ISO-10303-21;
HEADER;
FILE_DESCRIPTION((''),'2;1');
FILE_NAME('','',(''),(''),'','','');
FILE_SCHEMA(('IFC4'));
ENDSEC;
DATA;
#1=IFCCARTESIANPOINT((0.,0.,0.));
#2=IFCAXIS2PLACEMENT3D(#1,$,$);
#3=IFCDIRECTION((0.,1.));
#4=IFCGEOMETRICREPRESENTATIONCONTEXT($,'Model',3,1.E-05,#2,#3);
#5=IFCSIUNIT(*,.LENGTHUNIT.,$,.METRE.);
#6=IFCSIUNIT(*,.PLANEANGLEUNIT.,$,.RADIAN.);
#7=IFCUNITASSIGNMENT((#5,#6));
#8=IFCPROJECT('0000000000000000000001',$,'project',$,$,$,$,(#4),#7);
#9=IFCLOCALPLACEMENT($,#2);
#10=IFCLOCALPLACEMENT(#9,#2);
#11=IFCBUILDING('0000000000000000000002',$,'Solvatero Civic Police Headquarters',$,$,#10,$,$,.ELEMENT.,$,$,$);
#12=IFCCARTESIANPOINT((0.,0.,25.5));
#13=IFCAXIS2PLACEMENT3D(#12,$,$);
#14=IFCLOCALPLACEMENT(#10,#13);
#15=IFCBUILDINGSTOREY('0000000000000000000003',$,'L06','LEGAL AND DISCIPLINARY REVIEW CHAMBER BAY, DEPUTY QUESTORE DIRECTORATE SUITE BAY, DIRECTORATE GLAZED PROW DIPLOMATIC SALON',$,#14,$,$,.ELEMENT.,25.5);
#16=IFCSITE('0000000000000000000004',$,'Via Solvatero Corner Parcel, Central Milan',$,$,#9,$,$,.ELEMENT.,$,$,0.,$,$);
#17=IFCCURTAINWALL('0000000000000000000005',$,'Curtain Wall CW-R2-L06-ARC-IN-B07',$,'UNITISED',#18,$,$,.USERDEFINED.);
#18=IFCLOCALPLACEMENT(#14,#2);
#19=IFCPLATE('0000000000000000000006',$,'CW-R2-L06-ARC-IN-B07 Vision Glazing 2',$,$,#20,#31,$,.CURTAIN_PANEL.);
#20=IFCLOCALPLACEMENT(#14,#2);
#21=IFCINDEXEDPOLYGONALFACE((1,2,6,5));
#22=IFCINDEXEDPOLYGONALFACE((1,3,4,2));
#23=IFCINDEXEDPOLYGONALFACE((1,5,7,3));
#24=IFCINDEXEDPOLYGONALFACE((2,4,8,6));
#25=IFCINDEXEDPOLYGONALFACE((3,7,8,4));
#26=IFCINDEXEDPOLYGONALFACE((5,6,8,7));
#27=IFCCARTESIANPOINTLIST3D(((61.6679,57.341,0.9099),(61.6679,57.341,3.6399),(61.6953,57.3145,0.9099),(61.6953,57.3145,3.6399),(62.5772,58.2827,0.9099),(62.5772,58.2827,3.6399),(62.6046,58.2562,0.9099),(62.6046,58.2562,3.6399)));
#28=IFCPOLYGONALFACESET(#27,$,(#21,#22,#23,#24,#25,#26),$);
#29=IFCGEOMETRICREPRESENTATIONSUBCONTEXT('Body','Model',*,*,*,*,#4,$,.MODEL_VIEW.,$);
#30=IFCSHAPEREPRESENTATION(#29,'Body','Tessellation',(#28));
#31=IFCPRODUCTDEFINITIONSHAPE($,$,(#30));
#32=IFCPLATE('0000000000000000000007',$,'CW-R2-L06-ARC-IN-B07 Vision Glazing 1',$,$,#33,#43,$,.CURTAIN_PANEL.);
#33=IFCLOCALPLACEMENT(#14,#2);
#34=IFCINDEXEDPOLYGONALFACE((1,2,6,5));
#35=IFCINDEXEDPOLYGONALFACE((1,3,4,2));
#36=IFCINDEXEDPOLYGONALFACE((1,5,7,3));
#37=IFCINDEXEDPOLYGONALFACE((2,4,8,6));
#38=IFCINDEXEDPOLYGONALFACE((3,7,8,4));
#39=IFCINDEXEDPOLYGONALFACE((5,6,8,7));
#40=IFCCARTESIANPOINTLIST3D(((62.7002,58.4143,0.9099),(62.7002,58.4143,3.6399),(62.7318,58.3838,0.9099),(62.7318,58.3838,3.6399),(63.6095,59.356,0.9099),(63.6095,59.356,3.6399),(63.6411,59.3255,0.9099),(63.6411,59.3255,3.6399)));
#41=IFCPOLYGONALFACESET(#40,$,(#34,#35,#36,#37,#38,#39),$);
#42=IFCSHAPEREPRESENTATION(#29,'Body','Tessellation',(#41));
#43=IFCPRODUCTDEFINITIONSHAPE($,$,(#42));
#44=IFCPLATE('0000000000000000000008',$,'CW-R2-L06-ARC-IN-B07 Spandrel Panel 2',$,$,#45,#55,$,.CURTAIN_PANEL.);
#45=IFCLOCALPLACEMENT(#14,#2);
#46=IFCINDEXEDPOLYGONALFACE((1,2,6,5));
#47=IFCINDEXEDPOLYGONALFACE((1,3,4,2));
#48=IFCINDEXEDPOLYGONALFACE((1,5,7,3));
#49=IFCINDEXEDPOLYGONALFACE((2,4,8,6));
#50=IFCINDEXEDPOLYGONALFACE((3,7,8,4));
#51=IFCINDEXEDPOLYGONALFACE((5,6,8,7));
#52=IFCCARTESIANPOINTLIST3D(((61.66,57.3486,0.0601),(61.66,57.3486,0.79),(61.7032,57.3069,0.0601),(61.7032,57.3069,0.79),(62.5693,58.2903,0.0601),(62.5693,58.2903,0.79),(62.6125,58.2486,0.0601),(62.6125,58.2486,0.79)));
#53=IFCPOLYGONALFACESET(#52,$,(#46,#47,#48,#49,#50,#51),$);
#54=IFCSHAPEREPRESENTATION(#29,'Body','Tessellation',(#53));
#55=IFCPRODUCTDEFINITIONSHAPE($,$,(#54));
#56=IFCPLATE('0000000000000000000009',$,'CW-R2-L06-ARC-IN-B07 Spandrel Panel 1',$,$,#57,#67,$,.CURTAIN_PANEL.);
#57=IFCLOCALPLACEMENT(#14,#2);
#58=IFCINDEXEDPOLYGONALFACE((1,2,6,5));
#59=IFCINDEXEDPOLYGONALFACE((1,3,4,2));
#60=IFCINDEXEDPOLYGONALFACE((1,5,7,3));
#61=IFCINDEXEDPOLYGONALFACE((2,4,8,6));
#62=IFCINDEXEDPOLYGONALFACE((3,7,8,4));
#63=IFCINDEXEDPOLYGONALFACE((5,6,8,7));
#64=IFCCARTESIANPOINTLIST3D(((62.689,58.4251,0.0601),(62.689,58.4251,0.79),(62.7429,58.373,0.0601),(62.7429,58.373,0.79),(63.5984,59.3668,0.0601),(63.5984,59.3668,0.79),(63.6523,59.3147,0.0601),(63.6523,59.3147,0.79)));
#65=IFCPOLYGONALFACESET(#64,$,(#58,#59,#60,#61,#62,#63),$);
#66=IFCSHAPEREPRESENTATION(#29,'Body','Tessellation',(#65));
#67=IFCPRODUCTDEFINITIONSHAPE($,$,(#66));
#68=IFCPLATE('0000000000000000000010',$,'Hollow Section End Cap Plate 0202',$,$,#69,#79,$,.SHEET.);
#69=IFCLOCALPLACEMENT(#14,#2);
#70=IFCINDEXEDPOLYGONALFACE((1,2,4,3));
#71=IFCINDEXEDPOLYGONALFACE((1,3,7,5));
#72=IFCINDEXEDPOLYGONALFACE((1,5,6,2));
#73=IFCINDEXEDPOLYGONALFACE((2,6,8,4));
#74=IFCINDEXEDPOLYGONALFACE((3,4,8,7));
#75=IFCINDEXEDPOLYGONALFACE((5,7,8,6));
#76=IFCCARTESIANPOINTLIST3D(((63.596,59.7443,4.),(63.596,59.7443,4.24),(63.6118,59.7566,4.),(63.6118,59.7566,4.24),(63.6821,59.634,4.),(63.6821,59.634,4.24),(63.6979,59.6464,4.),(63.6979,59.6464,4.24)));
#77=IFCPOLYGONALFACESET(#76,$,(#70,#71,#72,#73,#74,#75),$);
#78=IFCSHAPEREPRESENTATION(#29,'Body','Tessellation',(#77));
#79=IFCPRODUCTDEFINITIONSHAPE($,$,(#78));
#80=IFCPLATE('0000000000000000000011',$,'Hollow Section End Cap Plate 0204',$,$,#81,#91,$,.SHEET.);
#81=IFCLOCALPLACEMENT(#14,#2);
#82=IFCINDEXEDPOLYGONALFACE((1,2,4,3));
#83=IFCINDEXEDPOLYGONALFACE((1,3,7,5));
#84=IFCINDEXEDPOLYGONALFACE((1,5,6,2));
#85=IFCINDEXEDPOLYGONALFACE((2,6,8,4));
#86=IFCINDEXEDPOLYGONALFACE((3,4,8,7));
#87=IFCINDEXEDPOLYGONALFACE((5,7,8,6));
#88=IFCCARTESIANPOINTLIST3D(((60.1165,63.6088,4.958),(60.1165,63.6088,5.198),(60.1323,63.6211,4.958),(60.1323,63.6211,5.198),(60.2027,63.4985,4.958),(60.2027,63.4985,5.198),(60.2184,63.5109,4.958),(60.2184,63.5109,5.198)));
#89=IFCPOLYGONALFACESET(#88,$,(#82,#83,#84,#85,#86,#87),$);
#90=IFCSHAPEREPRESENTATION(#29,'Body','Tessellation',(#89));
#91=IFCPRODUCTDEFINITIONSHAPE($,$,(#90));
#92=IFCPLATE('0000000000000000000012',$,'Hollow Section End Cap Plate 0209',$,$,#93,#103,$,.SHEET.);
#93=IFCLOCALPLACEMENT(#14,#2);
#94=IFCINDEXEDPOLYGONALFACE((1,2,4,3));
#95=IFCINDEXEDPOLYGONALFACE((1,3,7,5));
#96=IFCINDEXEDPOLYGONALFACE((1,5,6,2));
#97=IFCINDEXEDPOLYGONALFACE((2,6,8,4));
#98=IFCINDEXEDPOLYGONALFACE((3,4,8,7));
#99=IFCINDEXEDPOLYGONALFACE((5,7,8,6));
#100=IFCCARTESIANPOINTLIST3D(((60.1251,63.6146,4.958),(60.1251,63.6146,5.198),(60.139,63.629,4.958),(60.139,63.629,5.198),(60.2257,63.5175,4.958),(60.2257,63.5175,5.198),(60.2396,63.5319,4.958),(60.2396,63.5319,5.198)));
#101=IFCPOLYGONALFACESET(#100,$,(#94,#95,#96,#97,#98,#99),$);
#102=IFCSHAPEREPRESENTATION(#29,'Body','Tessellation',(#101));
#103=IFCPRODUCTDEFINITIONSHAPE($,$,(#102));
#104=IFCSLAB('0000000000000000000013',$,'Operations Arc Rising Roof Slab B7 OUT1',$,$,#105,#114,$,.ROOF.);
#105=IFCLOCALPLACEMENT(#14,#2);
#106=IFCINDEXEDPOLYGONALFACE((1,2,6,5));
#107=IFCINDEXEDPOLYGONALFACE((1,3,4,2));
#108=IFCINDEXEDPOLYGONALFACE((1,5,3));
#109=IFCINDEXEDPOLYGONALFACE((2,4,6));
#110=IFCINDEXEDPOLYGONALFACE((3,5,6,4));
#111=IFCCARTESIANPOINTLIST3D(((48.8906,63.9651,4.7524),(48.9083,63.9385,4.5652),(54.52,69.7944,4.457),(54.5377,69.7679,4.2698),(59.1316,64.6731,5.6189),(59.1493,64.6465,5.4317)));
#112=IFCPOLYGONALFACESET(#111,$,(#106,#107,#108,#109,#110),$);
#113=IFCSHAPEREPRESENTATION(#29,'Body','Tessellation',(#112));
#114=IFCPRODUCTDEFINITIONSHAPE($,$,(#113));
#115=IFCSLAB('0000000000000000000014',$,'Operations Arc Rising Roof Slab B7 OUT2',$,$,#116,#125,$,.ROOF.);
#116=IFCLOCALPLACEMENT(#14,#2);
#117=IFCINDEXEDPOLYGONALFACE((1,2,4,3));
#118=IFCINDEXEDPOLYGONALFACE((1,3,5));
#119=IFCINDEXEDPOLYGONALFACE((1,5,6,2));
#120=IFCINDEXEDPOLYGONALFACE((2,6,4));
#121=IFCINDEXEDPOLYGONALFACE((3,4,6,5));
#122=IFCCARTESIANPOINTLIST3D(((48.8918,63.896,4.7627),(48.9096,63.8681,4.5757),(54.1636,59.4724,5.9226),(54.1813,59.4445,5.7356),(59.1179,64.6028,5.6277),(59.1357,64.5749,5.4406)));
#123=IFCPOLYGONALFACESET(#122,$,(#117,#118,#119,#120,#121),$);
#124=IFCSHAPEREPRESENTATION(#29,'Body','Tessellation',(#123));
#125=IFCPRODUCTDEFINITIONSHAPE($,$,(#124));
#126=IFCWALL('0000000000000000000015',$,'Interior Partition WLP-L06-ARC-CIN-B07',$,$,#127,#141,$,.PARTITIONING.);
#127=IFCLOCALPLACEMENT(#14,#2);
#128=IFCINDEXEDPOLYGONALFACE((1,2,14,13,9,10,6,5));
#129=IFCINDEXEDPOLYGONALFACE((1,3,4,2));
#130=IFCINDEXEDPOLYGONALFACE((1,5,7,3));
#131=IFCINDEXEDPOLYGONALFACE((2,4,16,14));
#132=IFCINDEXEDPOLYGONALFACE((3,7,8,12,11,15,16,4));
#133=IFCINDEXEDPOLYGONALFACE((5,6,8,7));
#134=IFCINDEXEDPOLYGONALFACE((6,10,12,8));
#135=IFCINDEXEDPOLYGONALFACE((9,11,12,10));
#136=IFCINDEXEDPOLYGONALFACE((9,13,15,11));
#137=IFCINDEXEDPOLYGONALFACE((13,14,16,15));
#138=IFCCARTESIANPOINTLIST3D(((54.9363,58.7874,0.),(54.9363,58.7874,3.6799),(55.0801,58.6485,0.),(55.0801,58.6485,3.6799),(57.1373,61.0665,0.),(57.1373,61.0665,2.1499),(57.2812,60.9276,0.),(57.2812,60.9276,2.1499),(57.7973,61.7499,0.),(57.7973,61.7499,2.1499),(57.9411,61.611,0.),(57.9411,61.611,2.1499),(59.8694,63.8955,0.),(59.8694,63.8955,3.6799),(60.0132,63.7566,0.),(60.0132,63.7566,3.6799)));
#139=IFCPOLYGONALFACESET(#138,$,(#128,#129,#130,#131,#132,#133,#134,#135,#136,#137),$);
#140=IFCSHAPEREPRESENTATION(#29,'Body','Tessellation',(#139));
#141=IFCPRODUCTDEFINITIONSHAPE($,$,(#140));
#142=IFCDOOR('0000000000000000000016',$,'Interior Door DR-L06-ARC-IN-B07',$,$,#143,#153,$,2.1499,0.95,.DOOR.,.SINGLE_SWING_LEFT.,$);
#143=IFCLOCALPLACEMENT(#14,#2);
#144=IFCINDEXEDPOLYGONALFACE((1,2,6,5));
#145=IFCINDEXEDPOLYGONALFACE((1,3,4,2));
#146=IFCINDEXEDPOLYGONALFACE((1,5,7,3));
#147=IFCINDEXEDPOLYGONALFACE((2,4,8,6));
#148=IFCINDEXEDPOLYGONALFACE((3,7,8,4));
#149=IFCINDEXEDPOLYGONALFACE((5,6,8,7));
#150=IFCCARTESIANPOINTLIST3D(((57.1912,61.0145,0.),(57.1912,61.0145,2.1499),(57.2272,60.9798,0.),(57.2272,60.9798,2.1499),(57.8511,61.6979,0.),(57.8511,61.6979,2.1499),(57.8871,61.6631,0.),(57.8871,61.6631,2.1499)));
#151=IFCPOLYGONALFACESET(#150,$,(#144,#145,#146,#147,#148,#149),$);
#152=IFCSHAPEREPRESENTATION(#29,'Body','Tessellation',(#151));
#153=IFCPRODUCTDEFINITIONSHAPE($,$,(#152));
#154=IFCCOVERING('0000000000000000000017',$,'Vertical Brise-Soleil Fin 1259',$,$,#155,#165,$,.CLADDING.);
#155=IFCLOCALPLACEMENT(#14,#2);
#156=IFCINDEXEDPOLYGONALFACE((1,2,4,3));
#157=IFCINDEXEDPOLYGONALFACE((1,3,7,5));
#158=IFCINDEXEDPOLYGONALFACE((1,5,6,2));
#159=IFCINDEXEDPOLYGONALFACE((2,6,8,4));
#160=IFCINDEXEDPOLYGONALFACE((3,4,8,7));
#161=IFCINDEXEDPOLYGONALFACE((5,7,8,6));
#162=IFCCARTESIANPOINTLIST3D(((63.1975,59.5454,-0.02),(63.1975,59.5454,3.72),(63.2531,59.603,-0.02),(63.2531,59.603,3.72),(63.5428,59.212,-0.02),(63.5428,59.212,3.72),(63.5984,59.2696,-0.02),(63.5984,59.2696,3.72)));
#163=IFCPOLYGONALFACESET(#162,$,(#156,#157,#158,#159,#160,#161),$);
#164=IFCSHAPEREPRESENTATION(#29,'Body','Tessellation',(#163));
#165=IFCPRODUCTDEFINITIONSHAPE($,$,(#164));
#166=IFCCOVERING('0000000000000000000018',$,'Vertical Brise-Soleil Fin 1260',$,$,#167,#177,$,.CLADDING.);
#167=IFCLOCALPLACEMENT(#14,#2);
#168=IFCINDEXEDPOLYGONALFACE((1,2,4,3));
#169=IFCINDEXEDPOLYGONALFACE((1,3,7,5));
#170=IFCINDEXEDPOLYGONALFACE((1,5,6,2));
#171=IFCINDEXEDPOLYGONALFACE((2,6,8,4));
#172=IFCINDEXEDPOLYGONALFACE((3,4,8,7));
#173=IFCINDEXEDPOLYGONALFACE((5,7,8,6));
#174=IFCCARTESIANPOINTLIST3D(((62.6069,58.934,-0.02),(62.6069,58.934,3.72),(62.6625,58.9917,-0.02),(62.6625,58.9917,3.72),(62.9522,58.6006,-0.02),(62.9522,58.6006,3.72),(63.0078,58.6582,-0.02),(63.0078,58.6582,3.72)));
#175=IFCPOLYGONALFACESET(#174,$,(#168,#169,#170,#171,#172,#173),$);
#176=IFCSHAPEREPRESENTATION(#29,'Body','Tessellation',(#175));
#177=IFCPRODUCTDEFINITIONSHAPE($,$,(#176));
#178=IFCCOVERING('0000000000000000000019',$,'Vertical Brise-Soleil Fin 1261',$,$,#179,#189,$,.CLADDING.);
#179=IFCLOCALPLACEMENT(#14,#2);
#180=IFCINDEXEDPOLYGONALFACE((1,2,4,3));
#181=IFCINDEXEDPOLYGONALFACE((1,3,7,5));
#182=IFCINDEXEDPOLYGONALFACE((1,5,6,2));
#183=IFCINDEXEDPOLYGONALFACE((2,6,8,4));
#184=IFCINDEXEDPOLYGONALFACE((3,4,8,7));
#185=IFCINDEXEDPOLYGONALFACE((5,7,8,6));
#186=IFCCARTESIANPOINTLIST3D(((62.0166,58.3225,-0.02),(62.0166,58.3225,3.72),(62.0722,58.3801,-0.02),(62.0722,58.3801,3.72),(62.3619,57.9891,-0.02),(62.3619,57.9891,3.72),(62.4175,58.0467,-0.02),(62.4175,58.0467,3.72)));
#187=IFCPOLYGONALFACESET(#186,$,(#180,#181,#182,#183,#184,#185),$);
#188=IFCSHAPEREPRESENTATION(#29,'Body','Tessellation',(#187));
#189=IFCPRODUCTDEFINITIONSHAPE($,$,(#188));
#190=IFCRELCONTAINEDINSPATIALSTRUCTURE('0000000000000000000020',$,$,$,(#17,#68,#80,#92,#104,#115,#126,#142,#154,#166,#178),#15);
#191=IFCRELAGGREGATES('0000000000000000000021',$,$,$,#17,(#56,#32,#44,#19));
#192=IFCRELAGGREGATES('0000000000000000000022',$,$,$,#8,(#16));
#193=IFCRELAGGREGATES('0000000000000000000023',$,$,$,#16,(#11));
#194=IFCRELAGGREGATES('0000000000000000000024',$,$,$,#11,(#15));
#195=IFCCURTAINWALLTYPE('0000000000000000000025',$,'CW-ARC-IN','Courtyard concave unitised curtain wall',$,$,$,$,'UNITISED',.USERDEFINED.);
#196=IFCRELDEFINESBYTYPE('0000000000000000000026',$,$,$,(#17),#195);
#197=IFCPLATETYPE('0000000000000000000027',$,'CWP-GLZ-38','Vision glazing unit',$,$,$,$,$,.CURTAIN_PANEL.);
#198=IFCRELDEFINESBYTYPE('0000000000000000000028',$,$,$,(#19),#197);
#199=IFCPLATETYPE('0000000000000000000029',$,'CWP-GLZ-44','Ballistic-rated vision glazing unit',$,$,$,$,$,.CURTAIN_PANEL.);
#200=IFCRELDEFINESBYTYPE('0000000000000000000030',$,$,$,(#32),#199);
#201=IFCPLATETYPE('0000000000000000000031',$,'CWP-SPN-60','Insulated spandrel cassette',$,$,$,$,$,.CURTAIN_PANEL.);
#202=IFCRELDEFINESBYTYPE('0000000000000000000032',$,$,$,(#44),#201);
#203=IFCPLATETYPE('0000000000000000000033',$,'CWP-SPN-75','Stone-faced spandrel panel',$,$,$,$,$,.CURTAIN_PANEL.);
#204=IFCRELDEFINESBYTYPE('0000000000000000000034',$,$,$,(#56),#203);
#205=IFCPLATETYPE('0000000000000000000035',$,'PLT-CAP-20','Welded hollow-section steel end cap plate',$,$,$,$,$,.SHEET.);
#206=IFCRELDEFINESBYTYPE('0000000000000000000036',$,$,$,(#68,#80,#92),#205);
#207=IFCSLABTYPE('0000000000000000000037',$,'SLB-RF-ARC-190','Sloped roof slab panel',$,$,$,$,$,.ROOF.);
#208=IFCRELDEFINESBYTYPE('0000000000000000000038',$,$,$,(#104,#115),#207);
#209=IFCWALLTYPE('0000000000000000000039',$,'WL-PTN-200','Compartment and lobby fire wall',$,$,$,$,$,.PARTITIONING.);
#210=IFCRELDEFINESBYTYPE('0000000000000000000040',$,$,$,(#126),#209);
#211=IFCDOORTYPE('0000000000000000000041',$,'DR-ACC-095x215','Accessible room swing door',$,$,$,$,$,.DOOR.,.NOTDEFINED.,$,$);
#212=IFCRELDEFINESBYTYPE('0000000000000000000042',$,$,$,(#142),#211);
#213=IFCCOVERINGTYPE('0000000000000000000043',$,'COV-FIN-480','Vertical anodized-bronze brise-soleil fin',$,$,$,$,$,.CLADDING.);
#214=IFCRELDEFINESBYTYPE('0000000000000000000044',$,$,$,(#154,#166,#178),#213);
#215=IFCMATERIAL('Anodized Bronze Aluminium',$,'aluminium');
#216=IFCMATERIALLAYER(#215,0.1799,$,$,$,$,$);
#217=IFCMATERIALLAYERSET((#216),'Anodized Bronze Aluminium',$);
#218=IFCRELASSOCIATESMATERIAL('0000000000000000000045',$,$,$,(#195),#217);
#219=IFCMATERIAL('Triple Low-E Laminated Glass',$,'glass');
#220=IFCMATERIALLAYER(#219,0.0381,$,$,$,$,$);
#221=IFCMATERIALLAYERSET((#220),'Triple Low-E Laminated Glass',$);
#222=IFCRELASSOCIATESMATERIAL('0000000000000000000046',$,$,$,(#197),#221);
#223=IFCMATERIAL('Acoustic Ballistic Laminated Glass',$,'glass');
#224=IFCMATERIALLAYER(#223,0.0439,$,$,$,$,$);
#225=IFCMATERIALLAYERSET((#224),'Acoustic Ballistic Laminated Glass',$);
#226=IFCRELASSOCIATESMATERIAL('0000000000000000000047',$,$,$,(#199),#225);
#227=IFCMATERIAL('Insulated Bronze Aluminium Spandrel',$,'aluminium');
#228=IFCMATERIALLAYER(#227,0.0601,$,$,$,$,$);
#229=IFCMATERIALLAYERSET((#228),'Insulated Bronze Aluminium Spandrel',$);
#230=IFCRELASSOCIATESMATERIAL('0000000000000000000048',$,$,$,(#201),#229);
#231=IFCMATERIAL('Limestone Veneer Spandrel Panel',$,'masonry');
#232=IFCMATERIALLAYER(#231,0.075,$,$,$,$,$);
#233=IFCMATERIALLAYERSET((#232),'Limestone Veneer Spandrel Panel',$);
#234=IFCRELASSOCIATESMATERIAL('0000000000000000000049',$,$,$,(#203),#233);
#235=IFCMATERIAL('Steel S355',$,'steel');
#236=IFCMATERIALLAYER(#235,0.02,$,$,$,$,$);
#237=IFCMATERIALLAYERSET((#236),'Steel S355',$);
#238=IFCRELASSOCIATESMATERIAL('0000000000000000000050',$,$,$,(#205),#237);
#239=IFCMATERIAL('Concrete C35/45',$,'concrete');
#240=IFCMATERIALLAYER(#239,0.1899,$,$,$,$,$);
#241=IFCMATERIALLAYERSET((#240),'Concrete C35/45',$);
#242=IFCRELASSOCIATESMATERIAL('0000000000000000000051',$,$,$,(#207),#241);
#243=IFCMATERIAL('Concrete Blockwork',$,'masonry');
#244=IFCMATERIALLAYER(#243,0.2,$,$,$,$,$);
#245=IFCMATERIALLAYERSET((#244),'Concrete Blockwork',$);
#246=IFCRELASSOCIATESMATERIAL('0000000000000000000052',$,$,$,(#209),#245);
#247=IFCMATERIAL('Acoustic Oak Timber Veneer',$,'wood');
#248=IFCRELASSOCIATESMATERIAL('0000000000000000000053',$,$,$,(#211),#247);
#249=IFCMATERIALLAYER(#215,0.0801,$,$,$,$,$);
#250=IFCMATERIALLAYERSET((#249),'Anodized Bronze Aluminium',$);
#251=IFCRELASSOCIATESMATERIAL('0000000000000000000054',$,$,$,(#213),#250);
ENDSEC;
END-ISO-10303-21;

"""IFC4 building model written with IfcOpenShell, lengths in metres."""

from ifc_helpers import new_model, si_unit, direction, frame, frame_2d, origin, origin_2d, place, context, subcontext, project, spatial, polyline, rectangle, outline, extrude, material, layer, layer_set, type_object, element, fill, aggregate, save


model = new_model("IFC4")

# Units and contexts
model_context = context("Model", 3, precision=1e-05, world=origin(), true_north=direction((0.0, 1.0)))
body_context = subcontext(model_context, "Body", "Model", "MODEL_VIEW")
ifc_project = project(units=[si_unit("LENGTHUNIT", "METRE"), si_unit("PLANEANGLEUNIT", "RADIAN")], contexts=[model_context])

# Site, building, storey
site_placement = place(None, origin())
site = spatial("IfcSite", under=ifc_project, at=site_placement, Name="Via Solvatero Corner Parcel, Central Milan", CompositionType="ELEMENT", RefElevation=0.0)
building_placement = place(site_placement, origin())
building = spatial("IfcBuilding", under=site, at=building_placement, Name="Solvatero Civic Police Headquarters", CompositionType="ELEMENT")
storey_placement = place(building_placement, frame((0.0, 0.0, 25.5)))
storey = spatial("IfcBuildingStorey", under=building, at=storey_placement, Name="L06", Description="LEGAL AND DISCIPLINARY REVIEW CHAMBER BAY, DEPUTY QUESTORE DIRECTORATE SUITE BAY, DIRECTORATE GLAZED PROW DIPLOMATIC SALON", CompositionType="ELEMENT", Elevation=25.5)

# Shared definitions
ifc_material_1 = material(Name="Steel S355", Category="steel")

# Curtain wall
ifc_material_2 = material(Name="Anodized Bronze Aluminium", Category="aluminium")
ifc_layer_1 = layer(ifc_material_2, 0.1799)
ifc_layer_set_1 = layer_set([ifc_layer_1], Name="Anodized Bronze Aluminium")
curtain_wall_type = type_object("IfcCurtainWallType", Name="CW-ARC-IN", Description="Courtyard concave unitised curtain wall", ElementType="UNITISED", PredefinedType="USERDEFINED", material=ifc_layer_set_1)
curtain_wall_placement = place(storey_placement, origin())
curtain_wall = element("IfcCurtainWall", 1, at=curtain_wall_placement, inside=storey, type_object=curtain_wall_type, Name="Curtain Wall CW-R2-L06-ARC-IN-B07", ObjectType="UNITISED", PredefinedType="USERDEFINED")

# Plates
ifc_material_3 = material(Name="Triple Low-E Laminated Glass", Category="glass")
ifc_layer_2 = layer(ifc_material_3, 0.0381)
ifc_layer_set_2 = layer_set([ifc_layer_2], Name="Triple Low-E Laminated Glass")
plate_type_1 = type_object("IfcPlateType", Name="CWP-GLZ-38", Description="Vision glazing unit", PredefinedType="CURTAIN_PANEL", material=ifc_layer_set_2)
plate_1_placement = place(storey_placement, frame((62.1362, 57.7986, 0.9099), z_axis=(0.0, 0.0, 1.0), x_axis=(-0.694646, -0.719352, 0.0)))
plate_1 = element("IfcPlate", 2, at=plate_1_placement, type_object=plate_type_1, Name="CW-R2-L06-ARC-IN-B07 Vision Glazing 2", PredefinedType="CURTAIN_PANEL", context=body_context, shape_type="SweptSolid", body=[
    extrude(rectangle(XDim=1.3091, YDim=0.0381, at=origin_2d()), origin(), (0.0, 0.0, 1.0), 2.73),
])
ifc_material_4 = material(Name="Acoustic Ballistic Laminated Glass", Category="glass")
ifc_layer_3 = layer(ifc_material_4, 0.0439)
ifc_layer_set_3 = layer_set([ifc_layer_3], Name="Acoustic Ballistic Laminated Glass")
plate_type_2 = type_object("IfcPlateType", Name="CWP-GLZ-44", Description="Ballistic-rated vision glazing unit", PredefinedType="CURTAIN_PANEL", material=ifc_layer_set_3)
plate_2_placement = place(storey_placement, frame((63.1707, 58.8699, 0.9099), z_axis=(0.0, 0.0, 1.0), x_axis=(-0.694646, -0.719352, 0.0)))
plate_2 = element("IfcPlate", 3, at=plate_2_placement, type_object=plate_type_2, Name="CW-R2-L06-ARC-IN-B07 Vision Glazing 1", PredefinedType="CURTAIN_PANEL", context=body_context, shape_type="SweptSolid", body=[
    extrude(rectangle(XDim=1.3091, YDim=0.0439, at=origin_2d()), origin(), (0.0, 0.0, 1.0), 2.73),
])
ifc_material_5 = material(Name="Insulated Bronze Aluminium Spandrel", Category="aluminium")
ifc_layer_4 = layer(ifc_material_5, 0.0601)
ifc_layer_set_4 = layer_set([ifc_layer_4], Name="Insulated Bronze Aluminium Spandrel")
plate_type_3 = type_object("IfcPlateType", Name="CWP-SPN-60", Description="Insulated spandrel cassette", PredefinedType="CURTAIN_PANEL", material=ifc_layer_set_4)
plate_3_placement = place(storey_placement, frame((62.1362, 57.7986, 0.0601), z_axis=(0.0, 0.0, 1.0), x_axis=(-0.694646, -0.719352, 0.0)))
plate_3 = element("IfcPlate", 4, at=plate_3_placement, type_object=plate_type_3, Name="CW-R2-L06-ARC-IN-B07 Spandrel Panel 2", PredefinedType="CURTAIN_PANEL", context=body_context, shape_type="SweptSolid", body=[
    extrude(rectangle(XDim=1.3091, YDim=0.0601, at=origin_2d()), origin(), (0.0, 0.0, 1.0), 0.73),
])
ifc_material_6 = material(Name="Limestone Veneer Spandrel Panel", Category="masonry")
ifc_layer_5 = layer(ifc_material_6, 0.075)
ifc_layer_set_5 = layer_set([ifc_layer_5], Name="Limestone Veneer Spandrel Panel")
plate_type_4 = type_object("IfcPlateType", Name="CWP-SPN-75", Description="Stone-faced spandrel panel", PredefinedType="CURTAIN_PANEL", material=ifc_layer_set_5)
plate_4_placement = place(storey_placement, frame((63.1707, 58.8699, 0.0601), z_axis=(0.0, 0.0, 1.0), x_axis=(-0.694646, -0.719352, 0.0)))
plate_4 = element("IfcPlate", 5, at=plate_4_placement, type_object=plate_type_4, Name="CW-R2-L06-ARC-IN-B07 Spandrel Panel 1", PredefinedType="CURTAIN_PANEL", context=body_context, shape_type="SweptSolid", body=[
    extrude(rectangle(XDim=1.3091, YDim=0.075, at=origin_2d()), origin(), (0.0, 0.0, 1.0), 0.73),
])
aggregate(curtain_wall, [plate_4, plate_2, plate_3, plate_1])

# Plates
ifc_layer_6 = layer(ifc_material_1, 0.02)
ifc_layer_set_6 = layer_set([ifc_layer_6], Name="Steel S355")
plate_type_5 = type_object("IfcPlateType", Name="PLT-CAP-20", Description="Welded hollow-section steel end cap plate", PredefinedType="SHEET", material=ifc_layer_set_6)
for number, where, z_axis, x_axis, name in (
    (6, (63.647, 59.6953, 4.0), (0.0, 0.0, 1.0), (-0.788011, -0.615661, 0.0), "Hollow Section End Cap Plate 0202"),
    (7, (60.1675, 63.5598, 4.958), (0.0, 0.0, 1.0), (-0.788021, -0.615648, 0.0), "Hollow Section End Cap Plate 0204"),
    (8, (60.1824, 63.5732, 4.958), (0.0, 0.0, 1.0), (-0.694646, -0.719352, 0.0), "Hollow Section End Cap Plate 0209"),
):
    element("IfcPlate", number, at=place(storey_placement, frame(where, z_axis=z_axis, x_axis=x_axis)), inside=storey, type_object=plate_type_5, Name=name, PredefinedType="SHEET", context=body_context, shape_type="SweptSolid", body=[
        extrude(rectangle(XDim=0.02, YDim=0.1399, at=origin_2d()), origin(), (0.0, 0.0, 1.0), 0.24),
    ])

# Slabs
ifc_material_7 = material(Name="Concrete C35/45", Category="concrete")
ifc_layer_7 = layer(ifc_material_7, 0.1899)
ifc_layer_set_7 = layer_set([ifc_layer_7], Name="Concrete C35/45")
slab_type = type_object("IfcSlabType", Name="SLB-RF-ARC-190", Description="Sloped roof slab panel", PredefinedType="ROOF", material=ifc_layer_set_7)
slab_1_placement = place(storey_placement, frame((59.1316, 64.6731, 5.6189), z_axis=(-0.093072, 0.139836, 0.985791), x_axis=(-0.994084, -0.068726, -0.084106)))
element("IfcSlab", 9, at=slab_1_placement, inside=storey, type_object=slab_type, Name="Operations Arc Rising Roof Slab B7 OUT1", PredefinedType="ROOF", context=body_context, shape_type="SweptSolid", body=[
    extrude(outline(polyline([(0.0, 0.0), (10.3019, 0.0), (4.33, -5.4859), (0.0, 0.0)])), origin(), (0.0, 0.0, -1.0), 0.1899),
])
slab_2_placement = place(storey_placement, frame((59.1179, 64.6028, 5.6277), z_axis=(-0.093445, 0.146847, 0.984736), x_axis=(-0.694065, -0.718725, 0.041316)))
element("IfcSlab", 10, at=slab_2_placement, inside=storey, type_object=slab_type, Name="Operations Arc Rising Roof Slab B7 OUT2", PredefinedType="ROOF", context=body_context, shape_type="SweptSolid", body=[
    extrude(outline(polyline([(0.0, 0.0), (7.1382, 0.0), (7.5698, -6.9655), (0.0, 0.0)])), origin(), (0.0, 0.0, -1.0), 0.1899),
])

# Wall, opening, door
ifc_material_8 = material(Name="Concrete Blockwork", Category="masonry")
ifc_layer_8 = layer(ifc_material_8, 0.2)
ifc_layer_set_8 = layer_set([ifc_layer_8], Name="Concrete Blockwork")
wall_type = type_object("IfcWallType", Name="WL-PTN-200", Description="Compartment and lobby fire wall", PredefinedType="PARTITIONING", material=ifc_layer_set_8)
wall_placement = place(storey_placement, frame((59.9414, 63.8262, 0.0), z_axis=(0.0, 0.0, 1.0), x_axis=(-0.694674, -0.719324, 0.0)))
wall = element("IfcWall", 11, at=wall_placement, inside=storey, type_object=wall_type, Name="Interior Partition WLP-L06-ARC-CIN-B07", PredefinedType="PARTITIONING", context=body_context, shape_type="SweptSolid", body=[
    extrude(rectangle(XDim=7.1013, YDim=0.2, at=frame_2d((3.5508, 0.0))), origin(), (0.0, 0.0, 1.0), 3.6799),
])
opening_placement = place(wall_placement, frame((2.9829, 0.0, 0.0)))
opening = element("IfcOpeningElement", 12, at=opening_placement, cuts=wall, PredefinedType="OPENING", context=body_context, shape_type="SweptSolid", body=[
    extrude(rectangle(XDim=0.95, YDim=2.1499, at=frame_2d((0.4751, 1.075))), frame((0.0, 0.1099, 0.0), z_axis=(0.0, -1.0, 0.0), x_axis=(1.0, 0.0, 0.0)), (0.0, 0.0, 1.0), 0.22),
])
ifc_material_9 = material(Name="Acoustic Oak Timber Veneer", Category="wood")
door_type = type_object("IfcDoorType", Name="DR-ACC-095x215", Description="Accessible room swing door", OperationType="NOTDEFINED", PredefinedType="DOOR", material=ifc_material_9)
door_placement = place(opening_placement, origin())
door = element("IfcDoor", 13, at=door_placement, inside=storey, type_object=door_type, Name="Interior Door DR-L06-ARC-IN-B07", OperationType="SINGLE_SWING_LEFT", OverallHeight=2.1499, OverallWidth=0.95, PredefinedType="DOOR", context=body_context, shape_type="SweptSolid", body=[
    extrude(rectangle(XDim=0.95, YDim=2.1499, at=frame_2d((0.4751, 1.075))), frame((0.0, 0.0249, 0.0), z_axis=(0.0, -1.0, 0.0), x_axis=(1.0, 0.0, 0.0)), (0.0, 0.0, 1.0), 0.05),
])
fill(opening, door)

# Coverings
ifc_layer_9 = layer(ifc_material_2, 0.0801)
ifc_layer_set_9 = layer_set([ifc_layer_9], Name="Anodized Bronze Aluminium")
covering_type_1 = type_object("IfcCoveringType", Name="COV-FIN-480", Description="Vertical anodized-bronze brise-soleil fin", PredefinedType="CLADDING", material=ifc_layer_set_9)
for number, where, z_axis, x_axis, name in (
    (14, (63.3979, 59.4075, -0.02), (0.0, 0.0, 1.0), (-0.694646, -0.719352, 0.0), "Vertical Brise-Soleil Fin 1259"),
    (15, (62.8074, 58.7961, -0.02), (0.0, 0.0, 1.0), (-0.694646, -0.719352, 0.0), "Vertical Brise-Soleil Fin 1260"),
    (16, (62.217, 58.1846, -0.02), (0.0, 0.0, 1.0), (-0.694646, -0.719352, 0.0), "Vertical Brise-Soleil Fin 1261"),
):
    element("IfcCovering", number, at=place(storey_placement, frame(where, z_axis=z_axis, x_axis=x_axis)), inside=storey, type_object=covering_type_1, Name=name, PredefinedType="CLADDING", context=body_context, shape_type="SweptSolid", body=[
        extrude(rectangle(XDim=0.0801, YDim=0.48, at=origin_2d()), origin(), (0.0, 0.0, 1.0), 3.74),
    ])

save(model, "model.ifc")
